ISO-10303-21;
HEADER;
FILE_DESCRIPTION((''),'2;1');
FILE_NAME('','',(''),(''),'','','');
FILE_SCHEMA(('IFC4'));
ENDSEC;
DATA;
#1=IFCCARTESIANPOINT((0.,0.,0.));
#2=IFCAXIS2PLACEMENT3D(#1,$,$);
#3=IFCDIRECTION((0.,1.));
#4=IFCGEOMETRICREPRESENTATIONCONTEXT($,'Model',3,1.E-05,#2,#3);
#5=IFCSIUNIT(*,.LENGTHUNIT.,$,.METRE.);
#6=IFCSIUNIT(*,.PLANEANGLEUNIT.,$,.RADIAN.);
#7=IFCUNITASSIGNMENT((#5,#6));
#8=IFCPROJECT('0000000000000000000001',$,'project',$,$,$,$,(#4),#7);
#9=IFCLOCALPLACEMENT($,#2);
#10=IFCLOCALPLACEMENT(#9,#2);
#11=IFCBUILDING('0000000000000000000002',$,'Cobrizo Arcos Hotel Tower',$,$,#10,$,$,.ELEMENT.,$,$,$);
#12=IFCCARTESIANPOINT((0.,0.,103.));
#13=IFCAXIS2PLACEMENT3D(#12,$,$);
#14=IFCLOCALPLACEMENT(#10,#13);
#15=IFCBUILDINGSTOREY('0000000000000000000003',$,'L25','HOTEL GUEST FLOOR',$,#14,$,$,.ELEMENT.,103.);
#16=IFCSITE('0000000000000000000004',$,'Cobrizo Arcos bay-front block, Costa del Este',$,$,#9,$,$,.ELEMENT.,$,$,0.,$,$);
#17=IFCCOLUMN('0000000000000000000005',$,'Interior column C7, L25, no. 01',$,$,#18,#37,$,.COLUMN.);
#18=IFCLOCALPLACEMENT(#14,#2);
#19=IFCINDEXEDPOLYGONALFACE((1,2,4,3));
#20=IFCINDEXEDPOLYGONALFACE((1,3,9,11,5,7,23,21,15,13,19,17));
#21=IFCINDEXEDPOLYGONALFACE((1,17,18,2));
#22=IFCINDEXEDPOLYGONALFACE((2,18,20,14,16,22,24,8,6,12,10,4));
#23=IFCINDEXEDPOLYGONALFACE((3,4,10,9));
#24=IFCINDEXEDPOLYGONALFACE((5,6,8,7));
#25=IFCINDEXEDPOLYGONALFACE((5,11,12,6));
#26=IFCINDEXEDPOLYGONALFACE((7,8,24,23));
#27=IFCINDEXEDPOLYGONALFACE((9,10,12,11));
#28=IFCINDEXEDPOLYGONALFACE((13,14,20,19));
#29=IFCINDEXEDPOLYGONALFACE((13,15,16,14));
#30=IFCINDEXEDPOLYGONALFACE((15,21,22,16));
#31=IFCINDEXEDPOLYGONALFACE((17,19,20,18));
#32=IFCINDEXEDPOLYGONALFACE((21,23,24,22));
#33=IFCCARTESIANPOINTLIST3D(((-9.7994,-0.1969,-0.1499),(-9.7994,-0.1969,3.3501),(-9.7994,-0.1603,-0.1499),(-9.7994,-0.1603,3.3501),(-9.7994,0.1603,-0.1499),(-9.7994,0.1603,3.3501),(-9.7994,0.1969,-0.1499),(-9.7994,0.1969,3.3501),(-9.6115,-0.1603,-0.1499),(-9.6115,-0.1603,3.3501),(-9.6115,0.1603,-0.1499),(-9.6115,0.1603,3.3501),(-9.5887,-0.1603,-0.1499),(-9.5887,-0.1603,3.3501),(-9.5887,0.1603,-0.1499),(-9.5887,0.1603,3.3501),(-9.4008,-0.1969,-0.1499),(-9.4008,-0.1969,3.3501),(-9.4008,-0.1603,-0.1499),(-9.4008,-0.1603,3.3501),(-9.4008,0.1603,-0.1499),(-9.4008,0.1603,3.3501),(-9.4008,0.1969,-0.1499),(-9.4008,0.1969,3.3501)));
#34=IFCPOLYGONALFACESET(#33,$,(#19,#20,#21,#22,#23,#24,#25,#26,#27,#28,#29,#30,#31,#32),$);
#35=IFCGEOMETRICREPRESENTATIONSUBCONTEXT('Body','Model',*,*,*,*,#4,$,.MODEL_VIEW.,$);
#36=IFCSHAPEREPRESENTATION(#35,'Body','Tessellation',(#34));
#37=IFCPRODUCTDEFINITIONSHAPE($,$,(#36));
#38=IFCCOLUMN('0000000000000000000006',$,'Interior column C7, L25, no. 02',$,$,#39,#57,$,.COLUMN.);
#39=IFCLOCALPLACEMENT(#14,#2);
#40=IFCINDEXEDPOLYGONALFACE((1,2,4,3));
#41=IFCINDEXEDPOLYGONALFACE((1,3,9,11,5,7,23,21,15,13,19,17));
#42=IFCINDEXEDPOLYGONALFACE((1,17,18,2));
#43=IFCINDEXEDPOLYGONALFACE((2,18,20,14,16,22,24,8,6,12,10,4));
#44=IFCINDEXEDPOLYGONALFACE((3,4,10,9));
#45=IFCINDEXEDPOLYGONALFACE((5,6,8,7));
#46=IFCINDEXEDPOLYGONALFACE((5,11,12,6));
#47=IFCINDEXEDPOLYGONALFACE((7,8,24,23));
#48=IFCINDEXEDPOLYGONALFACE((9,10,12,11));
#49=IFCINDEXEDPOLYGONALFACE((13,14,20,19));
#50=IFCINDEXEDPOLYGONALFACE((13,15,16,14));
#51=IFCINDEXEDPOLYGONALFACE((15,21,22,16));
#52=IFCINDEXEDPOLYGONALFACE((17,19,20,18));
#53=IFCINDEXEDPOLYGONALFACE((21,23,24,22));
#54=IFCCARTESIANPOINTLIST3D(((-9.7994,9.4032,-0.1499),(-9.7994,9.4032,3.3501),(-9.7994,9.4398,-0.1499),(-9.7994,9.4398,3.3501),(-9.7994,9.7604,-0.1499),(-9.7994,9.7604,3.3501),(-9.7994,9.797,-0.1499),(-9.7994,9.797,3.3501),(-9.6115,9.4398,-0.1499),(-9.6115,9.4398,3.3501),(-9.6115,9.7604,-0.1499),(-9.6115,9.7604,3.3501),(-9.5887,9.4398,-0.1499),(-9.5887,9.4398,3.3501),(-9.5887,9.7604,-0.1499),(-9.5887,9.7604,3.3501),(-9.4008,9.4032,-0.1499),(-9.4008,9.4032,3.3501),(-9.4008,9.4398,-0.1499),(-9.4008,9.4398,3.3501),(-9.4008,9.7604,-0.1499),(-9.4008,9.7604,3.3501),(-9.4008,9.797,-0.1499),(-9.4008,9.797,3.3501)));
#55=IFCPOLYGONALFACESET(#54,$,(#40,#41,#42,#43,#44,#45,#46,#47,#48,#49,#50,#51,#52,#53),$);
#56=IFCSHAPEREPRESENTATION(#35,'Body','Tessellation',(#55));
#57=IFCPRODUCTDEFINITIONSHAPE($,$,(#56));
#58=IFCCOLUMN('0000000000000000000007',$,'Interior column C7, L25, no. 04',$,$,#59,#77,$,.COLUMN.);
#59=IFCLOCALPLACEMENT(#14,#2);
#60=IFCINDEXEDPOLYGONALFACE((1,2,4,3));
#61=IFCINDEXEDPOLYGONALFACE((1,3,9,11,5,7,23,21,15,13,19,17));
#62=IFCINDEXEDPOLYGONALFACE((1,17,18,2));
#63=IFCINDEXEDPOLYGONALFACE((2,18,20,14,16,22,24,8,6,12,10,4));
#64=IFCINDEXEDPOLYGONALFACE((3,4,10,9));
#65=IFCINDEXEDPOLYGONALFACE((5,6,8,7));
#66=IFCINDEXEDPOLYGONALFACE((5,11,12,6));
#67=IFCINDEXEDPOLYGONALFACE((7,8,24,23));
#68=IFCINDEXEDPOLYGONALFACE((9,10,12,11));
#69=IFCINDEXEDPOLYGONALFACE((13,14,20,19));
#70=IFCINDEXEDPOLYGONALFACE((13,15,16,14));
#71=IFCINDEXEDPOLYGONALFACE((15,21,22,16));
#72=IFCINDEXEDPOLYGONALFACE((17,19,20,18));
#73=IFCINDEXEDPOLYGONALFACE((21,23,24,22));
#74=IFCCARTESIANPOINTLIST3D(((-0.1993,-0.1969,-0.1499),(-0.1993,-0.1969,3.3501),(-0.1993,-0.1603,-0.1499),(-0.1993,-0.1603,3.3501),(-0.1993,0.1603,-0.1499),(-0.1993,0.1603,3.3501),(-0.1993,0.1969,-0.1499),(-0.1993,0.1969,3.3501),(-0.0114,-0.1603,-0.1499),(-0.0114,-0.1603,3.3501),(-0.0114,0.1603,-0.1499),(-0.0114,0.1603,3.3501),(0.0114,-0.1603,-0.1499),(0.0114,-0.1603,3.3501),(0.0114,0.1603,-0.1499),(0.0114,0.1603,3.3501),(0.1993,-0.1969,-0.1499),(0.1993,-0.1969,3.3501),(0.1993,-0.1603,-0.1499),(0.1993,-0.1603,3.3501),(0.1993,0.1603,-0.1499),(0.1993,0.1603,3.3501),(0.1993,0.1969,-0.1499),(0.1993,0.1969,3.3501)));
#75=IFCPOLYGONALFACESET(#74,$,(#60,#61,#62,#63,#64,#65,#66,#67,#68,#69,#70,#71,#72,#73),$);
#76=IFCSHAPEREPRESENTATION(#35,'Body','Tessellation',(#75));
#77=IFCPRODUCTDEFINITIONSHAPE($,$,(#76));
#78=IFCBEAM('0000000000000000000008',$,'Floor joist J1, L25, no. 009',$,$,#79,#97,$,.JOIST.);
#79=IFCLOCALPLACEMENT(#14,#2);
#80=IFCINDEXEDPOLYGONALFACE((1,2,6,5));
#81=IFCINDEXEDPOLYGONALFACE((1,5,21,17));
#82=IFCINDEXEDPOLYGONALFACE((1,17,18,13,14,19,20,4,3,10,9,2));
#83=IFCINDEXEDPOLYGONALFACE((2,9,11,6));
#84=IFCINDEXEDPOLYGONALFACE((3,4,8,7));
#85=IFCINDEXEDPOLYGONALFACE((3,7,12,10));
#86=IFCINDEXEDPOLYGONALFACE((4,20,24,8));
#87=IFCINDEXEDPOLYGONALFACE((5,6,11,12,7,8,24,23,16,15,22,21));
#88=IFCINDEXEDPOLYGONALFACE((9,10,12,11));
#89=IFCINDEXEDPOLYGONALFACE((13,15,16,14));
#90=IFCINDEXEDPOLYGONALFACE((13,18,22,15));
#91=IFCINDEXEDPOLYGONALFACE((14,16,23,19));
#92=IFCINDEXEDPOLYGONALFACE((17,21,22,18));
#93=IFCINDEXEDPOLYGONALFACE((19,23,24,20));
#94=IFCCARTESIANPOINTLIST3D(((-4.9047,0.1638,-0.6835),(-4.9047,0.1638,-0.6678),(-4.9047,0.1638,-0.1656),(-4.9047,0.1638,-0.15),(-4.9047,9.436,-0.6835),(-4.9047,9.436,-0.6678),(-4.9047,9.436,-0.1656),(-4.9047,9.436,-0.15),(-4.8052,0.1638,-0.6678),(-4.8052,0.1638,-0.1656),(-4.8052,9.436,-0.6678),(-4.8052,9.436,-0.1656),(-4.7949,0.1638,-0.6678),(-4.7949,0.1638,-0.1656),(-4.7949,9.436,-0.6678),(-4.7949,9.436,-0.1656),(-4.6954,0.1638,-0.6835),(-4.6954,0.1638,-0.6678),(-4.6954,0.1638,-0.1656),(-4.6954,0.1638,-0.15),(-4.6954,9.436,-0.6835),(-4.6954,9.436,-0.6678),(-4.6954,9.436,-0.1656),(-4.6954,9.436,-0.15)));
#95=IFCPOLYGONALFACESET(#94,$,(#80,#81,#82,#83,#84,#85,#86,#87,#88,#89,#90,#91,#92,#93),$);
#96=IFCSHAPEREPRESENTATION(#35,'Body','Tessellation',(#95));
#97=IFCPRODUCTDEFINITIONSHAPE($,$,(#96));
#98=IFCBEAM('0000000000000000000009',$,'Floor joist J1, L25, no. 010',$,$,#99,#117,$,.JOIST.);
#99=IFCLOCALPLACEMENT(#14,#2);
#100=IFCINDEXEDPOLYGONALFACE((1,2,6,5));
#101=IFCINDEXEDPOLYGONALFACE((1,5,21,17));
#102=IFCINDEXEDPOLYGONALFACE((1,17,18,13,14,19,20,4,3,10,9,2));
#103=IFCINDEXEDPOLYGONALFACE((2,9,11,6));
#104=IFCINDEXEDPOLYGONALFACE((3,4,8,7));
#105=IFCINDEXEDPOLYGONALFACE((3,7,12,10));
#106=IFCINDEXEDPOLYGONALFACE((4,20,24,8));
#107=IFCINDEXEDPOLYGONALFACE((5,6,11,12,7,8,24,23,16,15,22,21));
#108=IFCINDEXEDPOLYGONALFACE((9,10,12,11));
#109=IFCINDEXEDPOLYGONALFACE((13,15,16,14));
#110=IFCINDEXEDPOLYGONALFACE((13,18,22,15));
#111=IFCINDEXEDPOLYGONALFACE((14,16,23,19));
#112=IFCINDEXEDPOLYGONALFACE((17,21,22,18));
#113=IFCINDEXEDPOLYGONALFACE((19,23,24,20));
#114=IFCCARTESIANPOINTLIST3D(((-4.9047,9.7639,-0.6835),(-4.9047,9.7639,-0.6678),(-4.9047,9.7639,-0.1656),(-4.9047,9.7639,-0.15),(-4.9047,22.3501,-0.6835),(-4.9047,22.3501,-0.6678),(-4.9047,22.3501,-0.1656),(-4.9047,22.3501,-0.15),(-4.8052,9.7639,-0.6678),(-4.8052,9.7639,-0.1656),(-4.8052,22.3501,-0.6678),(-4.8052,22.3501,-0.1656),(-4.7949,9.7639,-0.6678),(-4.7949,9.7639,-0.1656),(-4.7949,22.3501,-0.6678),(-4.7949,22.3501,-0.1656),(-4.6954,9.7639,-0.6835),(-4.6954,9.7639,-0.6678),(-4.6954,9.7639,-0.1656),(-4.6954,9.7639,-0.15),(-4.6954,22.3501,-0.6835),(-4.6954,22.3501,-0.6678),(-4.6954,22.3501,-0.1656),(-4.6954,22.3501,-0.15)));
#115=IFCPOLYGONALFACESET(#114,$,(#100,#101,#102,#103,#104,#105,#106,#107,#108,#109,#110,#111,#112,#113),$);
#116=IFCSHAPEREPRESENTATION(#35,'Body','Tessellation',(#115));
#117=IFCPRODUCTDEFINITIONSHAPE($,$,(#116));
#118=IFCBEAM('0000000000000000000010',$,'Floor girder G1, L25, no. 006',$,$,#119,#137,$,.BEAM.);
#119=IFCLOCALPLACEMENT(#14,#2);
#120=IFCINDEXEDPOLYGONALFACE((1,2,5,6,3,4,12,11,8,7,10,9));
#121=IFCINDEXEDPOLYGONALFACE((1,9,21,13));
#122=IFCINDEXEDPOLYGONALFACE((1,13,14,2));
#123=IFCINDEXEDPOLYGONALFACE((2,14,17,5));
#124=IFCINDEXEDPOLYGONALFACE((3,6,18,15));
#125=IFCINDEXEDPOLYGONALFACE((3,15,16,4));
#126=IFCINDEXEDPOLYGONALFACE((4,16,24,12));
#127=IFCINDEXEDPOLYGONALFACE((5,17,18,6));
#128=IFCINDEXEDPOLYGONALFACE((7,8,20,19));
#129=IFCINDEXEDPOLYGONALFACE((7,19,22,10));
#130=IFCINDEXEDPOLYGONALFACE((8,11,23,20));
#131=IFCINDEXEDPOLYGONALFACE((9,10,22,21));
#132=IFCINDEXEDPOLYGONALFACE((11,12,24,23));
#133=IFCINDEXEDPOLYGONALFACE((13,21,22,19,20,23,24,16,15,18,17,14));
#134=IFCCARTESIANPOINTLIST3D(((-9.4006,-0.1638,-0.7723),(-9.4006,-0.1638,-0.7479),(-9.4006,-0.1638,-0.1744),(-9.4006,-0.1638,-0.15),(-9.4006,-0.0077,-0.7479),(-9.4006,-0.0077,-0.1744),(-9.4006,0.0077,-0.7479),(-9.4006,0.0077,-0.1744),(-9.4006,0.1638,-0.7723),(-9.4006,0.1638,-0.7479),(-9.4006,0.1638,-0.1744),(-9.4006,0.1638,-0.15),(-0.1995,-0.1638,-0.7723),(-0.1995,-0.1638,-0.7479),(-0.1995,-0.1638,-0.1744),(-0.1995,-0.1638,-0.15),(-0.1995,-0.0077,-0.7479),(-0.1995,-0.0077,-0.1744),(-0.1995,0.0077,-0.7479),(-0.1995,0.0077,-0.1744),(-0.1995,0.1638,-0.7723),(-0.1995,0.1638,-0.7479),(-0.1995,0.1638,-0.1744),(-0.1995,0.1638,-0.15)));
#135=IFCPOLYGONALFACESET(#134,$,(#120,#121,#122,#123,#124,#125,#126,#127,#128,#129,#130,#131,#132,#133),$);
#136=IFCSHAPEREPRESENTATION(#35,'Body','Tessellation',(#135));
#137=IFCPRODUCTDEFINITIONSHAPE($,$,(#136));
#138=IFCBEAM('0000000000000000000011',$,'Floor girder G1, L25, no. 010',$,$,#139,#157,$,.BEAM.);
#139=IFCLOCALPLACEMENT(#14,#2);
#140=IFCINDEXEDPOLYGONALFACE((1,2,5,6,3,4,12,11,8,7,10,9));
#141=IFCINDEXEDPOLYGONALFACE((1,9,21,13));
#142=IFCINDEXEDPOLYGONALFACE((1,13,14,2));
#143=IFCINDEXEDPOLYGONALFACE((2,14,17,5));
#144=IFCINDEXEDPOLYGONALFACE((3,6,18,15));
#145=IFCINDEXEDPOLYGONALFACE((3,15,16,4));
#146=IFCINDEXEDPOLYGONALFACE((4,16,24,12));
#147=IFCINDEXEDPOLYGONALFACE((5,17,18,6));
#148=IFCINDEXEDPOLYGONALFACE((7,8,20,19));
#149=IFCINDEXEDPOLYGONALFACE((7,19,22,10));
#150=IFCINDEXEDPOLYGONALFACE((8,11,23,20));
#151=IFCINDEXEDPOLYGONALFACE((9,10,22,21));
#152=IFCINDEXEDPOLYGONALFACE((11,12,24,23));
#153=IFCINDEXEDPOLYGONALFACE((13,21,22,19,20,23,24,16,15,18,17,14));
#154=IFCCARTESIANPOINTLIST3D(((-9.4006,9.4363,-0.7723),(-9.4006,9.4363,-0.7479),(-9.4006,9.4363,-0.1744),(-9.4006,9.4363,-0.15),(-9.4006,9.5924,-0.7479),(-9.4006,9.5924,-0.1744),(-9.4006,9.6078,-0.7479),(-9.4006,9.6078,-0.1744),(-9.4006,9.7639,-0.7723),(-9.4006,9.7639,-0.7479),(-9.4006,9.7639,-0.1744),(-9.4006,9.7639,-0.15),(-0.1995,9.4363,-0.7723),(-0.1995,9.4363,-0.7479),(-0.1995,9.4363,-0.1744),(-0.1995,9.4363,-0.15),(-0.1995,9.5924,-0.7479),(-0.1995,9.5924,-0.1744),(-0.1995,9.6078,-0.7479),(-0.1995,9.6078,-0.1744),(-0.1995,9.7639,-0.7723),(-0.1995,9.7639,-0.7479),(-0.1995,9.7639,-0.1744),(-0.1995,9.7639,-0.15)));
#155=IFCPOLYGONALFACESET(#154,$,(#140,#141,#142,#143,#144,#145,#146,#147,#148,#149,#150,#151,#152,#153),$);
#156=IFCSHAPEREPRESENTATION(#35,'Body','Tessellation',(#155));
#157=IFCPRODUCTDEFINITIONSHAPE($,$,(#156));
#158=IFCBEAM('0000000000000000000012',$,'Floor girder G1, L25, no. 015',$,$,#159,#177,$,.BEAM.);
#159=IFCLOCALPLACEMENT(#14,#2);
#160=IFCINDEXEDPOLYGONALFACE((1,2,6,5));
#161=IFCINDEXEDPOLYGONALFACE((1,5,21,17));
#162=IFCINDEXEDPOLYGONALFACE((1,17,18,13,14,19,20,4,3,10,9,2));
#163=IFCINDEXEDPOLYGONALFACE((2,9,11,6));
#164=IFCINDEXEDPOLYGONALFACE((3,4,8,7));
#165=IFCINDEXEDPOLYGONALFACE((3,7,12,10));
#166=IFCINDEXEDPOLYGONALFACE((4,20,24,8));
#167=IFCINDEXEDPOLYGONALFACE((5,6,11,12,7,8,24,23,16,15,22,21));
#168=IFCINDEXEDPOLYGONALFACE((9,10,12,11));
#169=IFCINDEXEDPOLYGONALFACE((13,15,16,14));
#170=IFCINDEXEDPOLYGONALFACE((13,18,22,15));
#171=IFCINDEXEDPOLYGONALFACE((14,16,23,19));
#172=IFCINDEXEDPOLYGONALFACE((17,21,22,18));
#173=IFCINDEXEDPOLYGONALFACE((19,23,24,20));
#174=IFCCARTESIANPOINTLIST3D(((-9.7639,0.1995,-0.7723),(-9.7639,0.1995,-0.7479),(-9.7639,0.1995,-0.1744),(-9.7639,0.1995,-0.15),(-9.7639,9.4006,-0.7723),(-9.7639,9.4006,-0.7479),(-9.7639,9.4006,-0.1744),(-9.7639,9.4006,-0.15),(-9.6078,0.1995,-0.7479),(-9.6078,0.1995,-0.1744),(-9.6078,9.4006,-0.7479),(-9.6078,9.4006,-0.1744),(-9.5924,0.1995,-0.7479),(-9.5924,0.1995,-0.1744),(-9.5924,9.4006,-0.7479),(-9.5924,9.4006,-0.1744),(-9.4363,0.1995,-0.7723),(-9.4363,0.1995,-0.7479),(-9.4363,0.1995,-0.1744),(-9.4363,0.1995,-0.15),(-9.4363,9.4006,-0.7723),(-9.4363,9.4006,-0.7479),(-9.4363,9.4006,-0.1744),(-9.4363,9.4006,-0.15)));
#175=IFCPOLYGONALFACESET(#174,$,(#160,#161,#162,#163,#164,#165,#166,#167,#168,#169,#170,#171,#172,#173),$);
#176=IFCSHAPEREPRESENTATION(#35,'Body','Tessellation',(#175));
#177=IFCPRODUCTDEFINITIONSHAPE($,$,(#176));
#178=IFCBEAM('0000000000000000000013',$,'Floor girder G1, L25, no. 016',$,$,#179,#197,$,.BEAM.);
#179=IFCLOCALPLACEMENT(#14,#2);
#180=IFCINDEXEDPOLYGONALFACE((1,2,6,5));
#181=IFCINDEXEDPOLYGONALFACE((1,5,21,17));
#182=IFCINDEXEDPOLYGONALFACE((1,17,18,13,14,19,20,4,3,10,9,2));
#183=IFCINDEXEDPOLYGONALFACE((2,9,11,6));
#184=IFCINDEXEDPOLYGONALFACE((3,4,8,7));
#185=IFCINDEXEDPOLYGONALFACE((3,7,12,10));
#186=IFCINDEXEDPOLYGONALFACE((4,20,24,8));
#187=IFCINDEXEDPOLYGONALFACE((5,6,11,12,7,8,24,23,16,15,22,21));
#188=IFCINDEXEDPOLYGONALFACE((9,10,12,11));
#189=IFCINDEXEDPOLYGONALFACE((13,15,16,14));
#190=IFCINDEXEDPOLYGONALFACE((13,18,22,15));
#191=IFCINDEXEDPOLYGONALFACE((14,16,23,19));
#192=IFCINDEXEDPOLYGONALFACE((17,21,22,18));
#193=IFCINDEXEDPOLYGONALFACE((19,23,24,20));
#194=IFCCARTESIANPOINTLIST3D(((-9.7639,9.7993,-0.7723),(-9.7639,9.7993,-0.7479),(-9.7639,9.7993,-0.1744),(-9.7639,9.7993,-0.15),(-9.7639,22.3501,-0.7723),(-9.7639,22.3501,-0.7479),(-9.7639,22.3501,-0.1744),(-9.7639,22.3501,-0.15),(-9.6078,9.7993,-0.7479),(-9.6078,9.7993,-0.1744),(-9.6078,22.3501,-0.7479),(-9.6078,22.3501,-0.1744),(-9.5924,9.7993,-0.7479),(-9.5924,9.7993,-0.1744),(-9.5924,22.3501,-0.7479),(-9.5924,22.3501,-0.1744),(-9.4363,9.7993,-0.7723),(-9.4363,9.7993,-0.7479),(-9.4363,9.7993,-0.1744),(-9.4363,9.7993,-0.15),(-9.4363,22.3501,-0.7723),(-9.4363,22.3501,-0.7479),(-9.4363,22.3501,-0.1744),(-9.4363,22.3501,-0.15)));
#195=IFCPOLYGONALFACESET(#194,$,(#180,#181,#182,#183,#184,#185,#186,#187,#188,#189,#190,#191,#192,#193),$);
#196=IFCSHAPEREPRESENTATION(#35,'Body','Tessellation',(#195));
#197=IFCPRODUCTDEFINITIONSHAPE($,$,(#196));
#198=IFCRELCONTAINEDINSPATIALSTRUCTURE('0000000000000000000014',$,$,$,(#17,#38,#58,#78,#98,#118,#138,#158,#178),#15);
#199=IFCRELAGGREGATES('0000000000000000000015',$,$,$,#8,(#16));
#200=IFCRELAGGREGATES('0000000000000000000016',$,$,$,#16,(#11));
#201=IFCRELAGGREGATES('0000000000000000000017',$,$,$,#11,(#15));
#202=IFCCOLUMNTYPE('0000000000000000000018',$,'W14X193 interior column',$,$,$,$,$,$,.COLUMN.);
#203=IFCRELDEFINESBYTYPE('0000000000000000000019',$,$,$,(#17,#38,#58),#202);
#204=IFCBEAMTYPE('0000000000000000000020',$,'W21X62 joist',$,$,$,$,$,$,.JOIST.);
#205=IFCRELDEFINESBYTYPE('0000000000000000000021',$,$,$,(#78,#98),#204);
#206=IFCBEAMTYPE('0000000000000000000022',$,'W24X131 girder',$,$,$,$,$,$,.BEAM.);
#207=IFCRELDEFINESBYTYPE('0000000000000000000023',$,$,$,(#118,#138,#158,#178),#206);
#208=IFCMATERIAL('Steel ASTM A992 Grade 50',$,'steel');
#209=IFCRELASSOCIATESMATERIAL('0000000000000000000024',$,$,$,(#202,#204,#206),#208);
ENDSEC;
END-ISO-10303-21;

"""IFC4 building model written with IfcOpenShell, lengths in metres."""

from ifc_helpers import new_model, si_unit, direction, frame, origin, origin_2d, place, context, subcontext, project, spatial, i_section, extrude, material, material_profile, profile_set, type_object, element, save


model = new_model("IFC4")

# Units and contexts
model_context = context("Model", 3, precision=1e-05, world=origin(), true_north=direction((0.0, 1.0)))
body_context = subcontext(model_context, "Body", "Model", "MODEL_VIEW")
ifc_project = project(units=[si_unit("LENGTHUNIT", "METRE"), si_unit("PLANEANGLEUNIT", "RADIAN")], contexts=[model_context])

# Site, building, storey
site_placement = place(None, origin())
site = spatial("IfcSite", under=ifc_project, at=site_placement, Name="Cobrizo Arcos bay-front block, Costa del Este", CompositionType="ELEMENT", RefElevation=0.0)
building_placement = place(site_placement, origin())
building = spatial("IfcBuilding", under=site, at=building_placement, Name="Cobrizo Arcos Hotel Tower", CompositionType="ELEMENT")
storey_placement = place(building_placement, frame((0.0, 0.0, 103.0)))
storey = spatial("IfcBuildingStorey", under=building, at=storey_placement, Name="L25", Description="HOTEL GUEST FLOOR", CompositionType="ELEMENT", Elevation=103.0)

# Columns
ifc_material_1 = material(Name="Steel ASTM A992 Grade 50", Category="steel")
ifc_material_profile_1 = material_profile(ifc_material_1, i_section(OverallWidth=0.3987, OverallDepth=0.3938, WebThickness=0.0227, FlangeThickness=0.0366, at=origin_2d()), Name="W14X193")
ifc_profile_set_1 = profile_set([ifc_material_profile_1], Name="Steel ASTM A992 Grade 50")
column_type = type_object("IfcColumnType", Name="W14X193 interior column", PredefinedType="COLUMN", material=ifc_profile_set_1)
for number, where, z_axis, x_axis, name in (
    (1, (-9.6001, 0.0, -0.1499), (0.0, 0.0, 1.0), (1.0, 0.0, 0.0), "Interior column C7, L25, no. 01"),
    (2, (-9.6001, 9.6001, -0.1499), (0.0, 0.0, 1.0), (1.0, 0.0, 0.0), "Interior column C7, L25, no. 02"),
    (3, (0.0, 0.0, -0.1499), (0.0, 0.0, 1.0), (1.0, 0.0, 0.0), "Interior column C7, L25, no. 04"),
):
    element("IfcColumn", number, at=place(storey_placement, frame(where, z_axis=z_axis, x_axis=x_axis)), inside=storey, type_object=column_type, Name=name, PredefinedType="COLUMN", context=body_context, shape_type="SweptSolid", body=[
        extrude(i_section(OverallWidth=0.3987, OverallDepth=0.3938, WebThickness=0.0227, FlangeThickness=0.0366, at=origin_2d()), origin(), (0.0, 0.0, 1.0), 3.5),
    ])

# Beams
ifc_material_profile_2 = material_profile(ifc_material_1, i_section(OverallWidth=0.2092, OverallDepth=0.5334, WebThickness=0.0103, FlangeThickness=0.0156, at=origin_2d()), Name="W21X62")
ifc_profile_set_2 = profile_set([ifc_material_profile_2], Name="Steel ASTM A992 Grade 50")
beam_type_1 = type_object("IfcBeamType", Name="W21X62 joist", PredefinedType="JOIST", material=ifc_profile_set_2)
beam_1_placement = place(storey_placement, frame((-4.8, 0.1638, -0.4167), z_axis=(0.0, 1.0, 0.0), x_axis=(-1.0, 0.0, 0.0)))
element("IfcBeam", 4, at=beam_1_placement, inside=storey, type_object=beam_type_1, Name="Floor joist J1, L25, no. 009", PredefinedType="JOIST", context=body_context, shape_type="SweptSolid", body=[
    extrude(i_section(OverallWidth=0.2092, OverallDepth=0.5334, WebThickness=0.0103, FlangeThickness=0.0156, at=origin_2d()), origin(), (0.0, 0.0, 1.0), 9.2722),
])
beam_2_placement = place(storey_placement, frame((-4.8, 9.7639, -0.4167), z_axis=(0.0, 1.0, 0.0), x_axis=(-1.0, 0.0, 0.0)))
element("IfcBeam", 5, at=beam_2_placement, inside=storey, type_object=beam_type_1, Name="Floor joist J1, L25, no. 010", PredefinedType="JOIST", context=body_context, shape_type="SweptSolid", body=[
    extrude(i_section(OverallWidth=0.2092, OverallDepth=0.5334, WebThickness=0.0103, FlangeThickness=0.0156, at=origin_2d()), origin(), (0.0, 0.0, 1.0), 12.5862),
])
ifc_material_profile_3 = material_profile(ifc_material_1, i_section(OverallWidth=0.3276, OverallDepth=0.6223, WebThickness=0.0154, FlangeThickness=0.0244, at=origin_2d()), Name="W24X131")
ifc_profile_set_3 = profile_set([ifc_material_profile_3], Name="Steel ASTM A992 Grade 50")
beam_type_2 = type_object("IfcBeamType", Name="W24X131 girder", PredefinedType="BEAM", material=ifc_profile_set_3)
for number, where, z_axis, x_axis, name in (
    (6, (-9.4006, 0.0, -0.4612), (1.0, 0.0, 0.0), (0.0, 1.0, 0.0), "Floor girder G1, L25, no. 006"),
    (7, (-9.4006, 9.6001, -0.4612), (1.0, 0.0, 0.0), (0.0, 1.0, 0.0), "Floor girder G1, L25, no. 010"),
    (8, (-9.6001, 0.1995, -0.4612), (0.0, 1.0, 0.0), (-1.0, 0.0, 0.0), "Floor girder G1, L25, no. 015"),
):
    element("IfcBeam", number, at=place(storey_placement, frame(where, z_axis=z_axis, x_axis=x_axis)), inside=storey, type_object=beam_type_2, Name=name, PredefinedType="BEAM", context=body_context, shape_type="SweptSolid", body=[
        extrude(i_section(OverallWidth=0.3276, OverallDepth=0.6223, WebThickness=0.0154, FlangeThickness=0.0244, at=origin_2d()), origin(), (0.0, 0.0, 1.0), 9.2012),
    ])
beam_3_placement = place(storey_placement, frame((-9.6001, 9.7993, -0.4612), z_axis=(0.0, 1.0, 0.0), x_axis=(-1.0, 0.0, 0.0)))
element("IfcBeam", 9, at=beam_3_placement, inside=storey, type_object=beam_type_2, Name="Floor girder G1, L25, no. 016", PredefinedType="BEAM", context=body_context, shape_type="SweptSolid", body=[
    extrude(i_section(OverallWidth=0.3276, OverallDepth=0.6223, WebThickness=0.0154, FlangeThickness=0.0244, at=origin_2d()), origin(), (0.0, 0.0, 1.0), 12.5508),
])

save(model, "model.ifc")
